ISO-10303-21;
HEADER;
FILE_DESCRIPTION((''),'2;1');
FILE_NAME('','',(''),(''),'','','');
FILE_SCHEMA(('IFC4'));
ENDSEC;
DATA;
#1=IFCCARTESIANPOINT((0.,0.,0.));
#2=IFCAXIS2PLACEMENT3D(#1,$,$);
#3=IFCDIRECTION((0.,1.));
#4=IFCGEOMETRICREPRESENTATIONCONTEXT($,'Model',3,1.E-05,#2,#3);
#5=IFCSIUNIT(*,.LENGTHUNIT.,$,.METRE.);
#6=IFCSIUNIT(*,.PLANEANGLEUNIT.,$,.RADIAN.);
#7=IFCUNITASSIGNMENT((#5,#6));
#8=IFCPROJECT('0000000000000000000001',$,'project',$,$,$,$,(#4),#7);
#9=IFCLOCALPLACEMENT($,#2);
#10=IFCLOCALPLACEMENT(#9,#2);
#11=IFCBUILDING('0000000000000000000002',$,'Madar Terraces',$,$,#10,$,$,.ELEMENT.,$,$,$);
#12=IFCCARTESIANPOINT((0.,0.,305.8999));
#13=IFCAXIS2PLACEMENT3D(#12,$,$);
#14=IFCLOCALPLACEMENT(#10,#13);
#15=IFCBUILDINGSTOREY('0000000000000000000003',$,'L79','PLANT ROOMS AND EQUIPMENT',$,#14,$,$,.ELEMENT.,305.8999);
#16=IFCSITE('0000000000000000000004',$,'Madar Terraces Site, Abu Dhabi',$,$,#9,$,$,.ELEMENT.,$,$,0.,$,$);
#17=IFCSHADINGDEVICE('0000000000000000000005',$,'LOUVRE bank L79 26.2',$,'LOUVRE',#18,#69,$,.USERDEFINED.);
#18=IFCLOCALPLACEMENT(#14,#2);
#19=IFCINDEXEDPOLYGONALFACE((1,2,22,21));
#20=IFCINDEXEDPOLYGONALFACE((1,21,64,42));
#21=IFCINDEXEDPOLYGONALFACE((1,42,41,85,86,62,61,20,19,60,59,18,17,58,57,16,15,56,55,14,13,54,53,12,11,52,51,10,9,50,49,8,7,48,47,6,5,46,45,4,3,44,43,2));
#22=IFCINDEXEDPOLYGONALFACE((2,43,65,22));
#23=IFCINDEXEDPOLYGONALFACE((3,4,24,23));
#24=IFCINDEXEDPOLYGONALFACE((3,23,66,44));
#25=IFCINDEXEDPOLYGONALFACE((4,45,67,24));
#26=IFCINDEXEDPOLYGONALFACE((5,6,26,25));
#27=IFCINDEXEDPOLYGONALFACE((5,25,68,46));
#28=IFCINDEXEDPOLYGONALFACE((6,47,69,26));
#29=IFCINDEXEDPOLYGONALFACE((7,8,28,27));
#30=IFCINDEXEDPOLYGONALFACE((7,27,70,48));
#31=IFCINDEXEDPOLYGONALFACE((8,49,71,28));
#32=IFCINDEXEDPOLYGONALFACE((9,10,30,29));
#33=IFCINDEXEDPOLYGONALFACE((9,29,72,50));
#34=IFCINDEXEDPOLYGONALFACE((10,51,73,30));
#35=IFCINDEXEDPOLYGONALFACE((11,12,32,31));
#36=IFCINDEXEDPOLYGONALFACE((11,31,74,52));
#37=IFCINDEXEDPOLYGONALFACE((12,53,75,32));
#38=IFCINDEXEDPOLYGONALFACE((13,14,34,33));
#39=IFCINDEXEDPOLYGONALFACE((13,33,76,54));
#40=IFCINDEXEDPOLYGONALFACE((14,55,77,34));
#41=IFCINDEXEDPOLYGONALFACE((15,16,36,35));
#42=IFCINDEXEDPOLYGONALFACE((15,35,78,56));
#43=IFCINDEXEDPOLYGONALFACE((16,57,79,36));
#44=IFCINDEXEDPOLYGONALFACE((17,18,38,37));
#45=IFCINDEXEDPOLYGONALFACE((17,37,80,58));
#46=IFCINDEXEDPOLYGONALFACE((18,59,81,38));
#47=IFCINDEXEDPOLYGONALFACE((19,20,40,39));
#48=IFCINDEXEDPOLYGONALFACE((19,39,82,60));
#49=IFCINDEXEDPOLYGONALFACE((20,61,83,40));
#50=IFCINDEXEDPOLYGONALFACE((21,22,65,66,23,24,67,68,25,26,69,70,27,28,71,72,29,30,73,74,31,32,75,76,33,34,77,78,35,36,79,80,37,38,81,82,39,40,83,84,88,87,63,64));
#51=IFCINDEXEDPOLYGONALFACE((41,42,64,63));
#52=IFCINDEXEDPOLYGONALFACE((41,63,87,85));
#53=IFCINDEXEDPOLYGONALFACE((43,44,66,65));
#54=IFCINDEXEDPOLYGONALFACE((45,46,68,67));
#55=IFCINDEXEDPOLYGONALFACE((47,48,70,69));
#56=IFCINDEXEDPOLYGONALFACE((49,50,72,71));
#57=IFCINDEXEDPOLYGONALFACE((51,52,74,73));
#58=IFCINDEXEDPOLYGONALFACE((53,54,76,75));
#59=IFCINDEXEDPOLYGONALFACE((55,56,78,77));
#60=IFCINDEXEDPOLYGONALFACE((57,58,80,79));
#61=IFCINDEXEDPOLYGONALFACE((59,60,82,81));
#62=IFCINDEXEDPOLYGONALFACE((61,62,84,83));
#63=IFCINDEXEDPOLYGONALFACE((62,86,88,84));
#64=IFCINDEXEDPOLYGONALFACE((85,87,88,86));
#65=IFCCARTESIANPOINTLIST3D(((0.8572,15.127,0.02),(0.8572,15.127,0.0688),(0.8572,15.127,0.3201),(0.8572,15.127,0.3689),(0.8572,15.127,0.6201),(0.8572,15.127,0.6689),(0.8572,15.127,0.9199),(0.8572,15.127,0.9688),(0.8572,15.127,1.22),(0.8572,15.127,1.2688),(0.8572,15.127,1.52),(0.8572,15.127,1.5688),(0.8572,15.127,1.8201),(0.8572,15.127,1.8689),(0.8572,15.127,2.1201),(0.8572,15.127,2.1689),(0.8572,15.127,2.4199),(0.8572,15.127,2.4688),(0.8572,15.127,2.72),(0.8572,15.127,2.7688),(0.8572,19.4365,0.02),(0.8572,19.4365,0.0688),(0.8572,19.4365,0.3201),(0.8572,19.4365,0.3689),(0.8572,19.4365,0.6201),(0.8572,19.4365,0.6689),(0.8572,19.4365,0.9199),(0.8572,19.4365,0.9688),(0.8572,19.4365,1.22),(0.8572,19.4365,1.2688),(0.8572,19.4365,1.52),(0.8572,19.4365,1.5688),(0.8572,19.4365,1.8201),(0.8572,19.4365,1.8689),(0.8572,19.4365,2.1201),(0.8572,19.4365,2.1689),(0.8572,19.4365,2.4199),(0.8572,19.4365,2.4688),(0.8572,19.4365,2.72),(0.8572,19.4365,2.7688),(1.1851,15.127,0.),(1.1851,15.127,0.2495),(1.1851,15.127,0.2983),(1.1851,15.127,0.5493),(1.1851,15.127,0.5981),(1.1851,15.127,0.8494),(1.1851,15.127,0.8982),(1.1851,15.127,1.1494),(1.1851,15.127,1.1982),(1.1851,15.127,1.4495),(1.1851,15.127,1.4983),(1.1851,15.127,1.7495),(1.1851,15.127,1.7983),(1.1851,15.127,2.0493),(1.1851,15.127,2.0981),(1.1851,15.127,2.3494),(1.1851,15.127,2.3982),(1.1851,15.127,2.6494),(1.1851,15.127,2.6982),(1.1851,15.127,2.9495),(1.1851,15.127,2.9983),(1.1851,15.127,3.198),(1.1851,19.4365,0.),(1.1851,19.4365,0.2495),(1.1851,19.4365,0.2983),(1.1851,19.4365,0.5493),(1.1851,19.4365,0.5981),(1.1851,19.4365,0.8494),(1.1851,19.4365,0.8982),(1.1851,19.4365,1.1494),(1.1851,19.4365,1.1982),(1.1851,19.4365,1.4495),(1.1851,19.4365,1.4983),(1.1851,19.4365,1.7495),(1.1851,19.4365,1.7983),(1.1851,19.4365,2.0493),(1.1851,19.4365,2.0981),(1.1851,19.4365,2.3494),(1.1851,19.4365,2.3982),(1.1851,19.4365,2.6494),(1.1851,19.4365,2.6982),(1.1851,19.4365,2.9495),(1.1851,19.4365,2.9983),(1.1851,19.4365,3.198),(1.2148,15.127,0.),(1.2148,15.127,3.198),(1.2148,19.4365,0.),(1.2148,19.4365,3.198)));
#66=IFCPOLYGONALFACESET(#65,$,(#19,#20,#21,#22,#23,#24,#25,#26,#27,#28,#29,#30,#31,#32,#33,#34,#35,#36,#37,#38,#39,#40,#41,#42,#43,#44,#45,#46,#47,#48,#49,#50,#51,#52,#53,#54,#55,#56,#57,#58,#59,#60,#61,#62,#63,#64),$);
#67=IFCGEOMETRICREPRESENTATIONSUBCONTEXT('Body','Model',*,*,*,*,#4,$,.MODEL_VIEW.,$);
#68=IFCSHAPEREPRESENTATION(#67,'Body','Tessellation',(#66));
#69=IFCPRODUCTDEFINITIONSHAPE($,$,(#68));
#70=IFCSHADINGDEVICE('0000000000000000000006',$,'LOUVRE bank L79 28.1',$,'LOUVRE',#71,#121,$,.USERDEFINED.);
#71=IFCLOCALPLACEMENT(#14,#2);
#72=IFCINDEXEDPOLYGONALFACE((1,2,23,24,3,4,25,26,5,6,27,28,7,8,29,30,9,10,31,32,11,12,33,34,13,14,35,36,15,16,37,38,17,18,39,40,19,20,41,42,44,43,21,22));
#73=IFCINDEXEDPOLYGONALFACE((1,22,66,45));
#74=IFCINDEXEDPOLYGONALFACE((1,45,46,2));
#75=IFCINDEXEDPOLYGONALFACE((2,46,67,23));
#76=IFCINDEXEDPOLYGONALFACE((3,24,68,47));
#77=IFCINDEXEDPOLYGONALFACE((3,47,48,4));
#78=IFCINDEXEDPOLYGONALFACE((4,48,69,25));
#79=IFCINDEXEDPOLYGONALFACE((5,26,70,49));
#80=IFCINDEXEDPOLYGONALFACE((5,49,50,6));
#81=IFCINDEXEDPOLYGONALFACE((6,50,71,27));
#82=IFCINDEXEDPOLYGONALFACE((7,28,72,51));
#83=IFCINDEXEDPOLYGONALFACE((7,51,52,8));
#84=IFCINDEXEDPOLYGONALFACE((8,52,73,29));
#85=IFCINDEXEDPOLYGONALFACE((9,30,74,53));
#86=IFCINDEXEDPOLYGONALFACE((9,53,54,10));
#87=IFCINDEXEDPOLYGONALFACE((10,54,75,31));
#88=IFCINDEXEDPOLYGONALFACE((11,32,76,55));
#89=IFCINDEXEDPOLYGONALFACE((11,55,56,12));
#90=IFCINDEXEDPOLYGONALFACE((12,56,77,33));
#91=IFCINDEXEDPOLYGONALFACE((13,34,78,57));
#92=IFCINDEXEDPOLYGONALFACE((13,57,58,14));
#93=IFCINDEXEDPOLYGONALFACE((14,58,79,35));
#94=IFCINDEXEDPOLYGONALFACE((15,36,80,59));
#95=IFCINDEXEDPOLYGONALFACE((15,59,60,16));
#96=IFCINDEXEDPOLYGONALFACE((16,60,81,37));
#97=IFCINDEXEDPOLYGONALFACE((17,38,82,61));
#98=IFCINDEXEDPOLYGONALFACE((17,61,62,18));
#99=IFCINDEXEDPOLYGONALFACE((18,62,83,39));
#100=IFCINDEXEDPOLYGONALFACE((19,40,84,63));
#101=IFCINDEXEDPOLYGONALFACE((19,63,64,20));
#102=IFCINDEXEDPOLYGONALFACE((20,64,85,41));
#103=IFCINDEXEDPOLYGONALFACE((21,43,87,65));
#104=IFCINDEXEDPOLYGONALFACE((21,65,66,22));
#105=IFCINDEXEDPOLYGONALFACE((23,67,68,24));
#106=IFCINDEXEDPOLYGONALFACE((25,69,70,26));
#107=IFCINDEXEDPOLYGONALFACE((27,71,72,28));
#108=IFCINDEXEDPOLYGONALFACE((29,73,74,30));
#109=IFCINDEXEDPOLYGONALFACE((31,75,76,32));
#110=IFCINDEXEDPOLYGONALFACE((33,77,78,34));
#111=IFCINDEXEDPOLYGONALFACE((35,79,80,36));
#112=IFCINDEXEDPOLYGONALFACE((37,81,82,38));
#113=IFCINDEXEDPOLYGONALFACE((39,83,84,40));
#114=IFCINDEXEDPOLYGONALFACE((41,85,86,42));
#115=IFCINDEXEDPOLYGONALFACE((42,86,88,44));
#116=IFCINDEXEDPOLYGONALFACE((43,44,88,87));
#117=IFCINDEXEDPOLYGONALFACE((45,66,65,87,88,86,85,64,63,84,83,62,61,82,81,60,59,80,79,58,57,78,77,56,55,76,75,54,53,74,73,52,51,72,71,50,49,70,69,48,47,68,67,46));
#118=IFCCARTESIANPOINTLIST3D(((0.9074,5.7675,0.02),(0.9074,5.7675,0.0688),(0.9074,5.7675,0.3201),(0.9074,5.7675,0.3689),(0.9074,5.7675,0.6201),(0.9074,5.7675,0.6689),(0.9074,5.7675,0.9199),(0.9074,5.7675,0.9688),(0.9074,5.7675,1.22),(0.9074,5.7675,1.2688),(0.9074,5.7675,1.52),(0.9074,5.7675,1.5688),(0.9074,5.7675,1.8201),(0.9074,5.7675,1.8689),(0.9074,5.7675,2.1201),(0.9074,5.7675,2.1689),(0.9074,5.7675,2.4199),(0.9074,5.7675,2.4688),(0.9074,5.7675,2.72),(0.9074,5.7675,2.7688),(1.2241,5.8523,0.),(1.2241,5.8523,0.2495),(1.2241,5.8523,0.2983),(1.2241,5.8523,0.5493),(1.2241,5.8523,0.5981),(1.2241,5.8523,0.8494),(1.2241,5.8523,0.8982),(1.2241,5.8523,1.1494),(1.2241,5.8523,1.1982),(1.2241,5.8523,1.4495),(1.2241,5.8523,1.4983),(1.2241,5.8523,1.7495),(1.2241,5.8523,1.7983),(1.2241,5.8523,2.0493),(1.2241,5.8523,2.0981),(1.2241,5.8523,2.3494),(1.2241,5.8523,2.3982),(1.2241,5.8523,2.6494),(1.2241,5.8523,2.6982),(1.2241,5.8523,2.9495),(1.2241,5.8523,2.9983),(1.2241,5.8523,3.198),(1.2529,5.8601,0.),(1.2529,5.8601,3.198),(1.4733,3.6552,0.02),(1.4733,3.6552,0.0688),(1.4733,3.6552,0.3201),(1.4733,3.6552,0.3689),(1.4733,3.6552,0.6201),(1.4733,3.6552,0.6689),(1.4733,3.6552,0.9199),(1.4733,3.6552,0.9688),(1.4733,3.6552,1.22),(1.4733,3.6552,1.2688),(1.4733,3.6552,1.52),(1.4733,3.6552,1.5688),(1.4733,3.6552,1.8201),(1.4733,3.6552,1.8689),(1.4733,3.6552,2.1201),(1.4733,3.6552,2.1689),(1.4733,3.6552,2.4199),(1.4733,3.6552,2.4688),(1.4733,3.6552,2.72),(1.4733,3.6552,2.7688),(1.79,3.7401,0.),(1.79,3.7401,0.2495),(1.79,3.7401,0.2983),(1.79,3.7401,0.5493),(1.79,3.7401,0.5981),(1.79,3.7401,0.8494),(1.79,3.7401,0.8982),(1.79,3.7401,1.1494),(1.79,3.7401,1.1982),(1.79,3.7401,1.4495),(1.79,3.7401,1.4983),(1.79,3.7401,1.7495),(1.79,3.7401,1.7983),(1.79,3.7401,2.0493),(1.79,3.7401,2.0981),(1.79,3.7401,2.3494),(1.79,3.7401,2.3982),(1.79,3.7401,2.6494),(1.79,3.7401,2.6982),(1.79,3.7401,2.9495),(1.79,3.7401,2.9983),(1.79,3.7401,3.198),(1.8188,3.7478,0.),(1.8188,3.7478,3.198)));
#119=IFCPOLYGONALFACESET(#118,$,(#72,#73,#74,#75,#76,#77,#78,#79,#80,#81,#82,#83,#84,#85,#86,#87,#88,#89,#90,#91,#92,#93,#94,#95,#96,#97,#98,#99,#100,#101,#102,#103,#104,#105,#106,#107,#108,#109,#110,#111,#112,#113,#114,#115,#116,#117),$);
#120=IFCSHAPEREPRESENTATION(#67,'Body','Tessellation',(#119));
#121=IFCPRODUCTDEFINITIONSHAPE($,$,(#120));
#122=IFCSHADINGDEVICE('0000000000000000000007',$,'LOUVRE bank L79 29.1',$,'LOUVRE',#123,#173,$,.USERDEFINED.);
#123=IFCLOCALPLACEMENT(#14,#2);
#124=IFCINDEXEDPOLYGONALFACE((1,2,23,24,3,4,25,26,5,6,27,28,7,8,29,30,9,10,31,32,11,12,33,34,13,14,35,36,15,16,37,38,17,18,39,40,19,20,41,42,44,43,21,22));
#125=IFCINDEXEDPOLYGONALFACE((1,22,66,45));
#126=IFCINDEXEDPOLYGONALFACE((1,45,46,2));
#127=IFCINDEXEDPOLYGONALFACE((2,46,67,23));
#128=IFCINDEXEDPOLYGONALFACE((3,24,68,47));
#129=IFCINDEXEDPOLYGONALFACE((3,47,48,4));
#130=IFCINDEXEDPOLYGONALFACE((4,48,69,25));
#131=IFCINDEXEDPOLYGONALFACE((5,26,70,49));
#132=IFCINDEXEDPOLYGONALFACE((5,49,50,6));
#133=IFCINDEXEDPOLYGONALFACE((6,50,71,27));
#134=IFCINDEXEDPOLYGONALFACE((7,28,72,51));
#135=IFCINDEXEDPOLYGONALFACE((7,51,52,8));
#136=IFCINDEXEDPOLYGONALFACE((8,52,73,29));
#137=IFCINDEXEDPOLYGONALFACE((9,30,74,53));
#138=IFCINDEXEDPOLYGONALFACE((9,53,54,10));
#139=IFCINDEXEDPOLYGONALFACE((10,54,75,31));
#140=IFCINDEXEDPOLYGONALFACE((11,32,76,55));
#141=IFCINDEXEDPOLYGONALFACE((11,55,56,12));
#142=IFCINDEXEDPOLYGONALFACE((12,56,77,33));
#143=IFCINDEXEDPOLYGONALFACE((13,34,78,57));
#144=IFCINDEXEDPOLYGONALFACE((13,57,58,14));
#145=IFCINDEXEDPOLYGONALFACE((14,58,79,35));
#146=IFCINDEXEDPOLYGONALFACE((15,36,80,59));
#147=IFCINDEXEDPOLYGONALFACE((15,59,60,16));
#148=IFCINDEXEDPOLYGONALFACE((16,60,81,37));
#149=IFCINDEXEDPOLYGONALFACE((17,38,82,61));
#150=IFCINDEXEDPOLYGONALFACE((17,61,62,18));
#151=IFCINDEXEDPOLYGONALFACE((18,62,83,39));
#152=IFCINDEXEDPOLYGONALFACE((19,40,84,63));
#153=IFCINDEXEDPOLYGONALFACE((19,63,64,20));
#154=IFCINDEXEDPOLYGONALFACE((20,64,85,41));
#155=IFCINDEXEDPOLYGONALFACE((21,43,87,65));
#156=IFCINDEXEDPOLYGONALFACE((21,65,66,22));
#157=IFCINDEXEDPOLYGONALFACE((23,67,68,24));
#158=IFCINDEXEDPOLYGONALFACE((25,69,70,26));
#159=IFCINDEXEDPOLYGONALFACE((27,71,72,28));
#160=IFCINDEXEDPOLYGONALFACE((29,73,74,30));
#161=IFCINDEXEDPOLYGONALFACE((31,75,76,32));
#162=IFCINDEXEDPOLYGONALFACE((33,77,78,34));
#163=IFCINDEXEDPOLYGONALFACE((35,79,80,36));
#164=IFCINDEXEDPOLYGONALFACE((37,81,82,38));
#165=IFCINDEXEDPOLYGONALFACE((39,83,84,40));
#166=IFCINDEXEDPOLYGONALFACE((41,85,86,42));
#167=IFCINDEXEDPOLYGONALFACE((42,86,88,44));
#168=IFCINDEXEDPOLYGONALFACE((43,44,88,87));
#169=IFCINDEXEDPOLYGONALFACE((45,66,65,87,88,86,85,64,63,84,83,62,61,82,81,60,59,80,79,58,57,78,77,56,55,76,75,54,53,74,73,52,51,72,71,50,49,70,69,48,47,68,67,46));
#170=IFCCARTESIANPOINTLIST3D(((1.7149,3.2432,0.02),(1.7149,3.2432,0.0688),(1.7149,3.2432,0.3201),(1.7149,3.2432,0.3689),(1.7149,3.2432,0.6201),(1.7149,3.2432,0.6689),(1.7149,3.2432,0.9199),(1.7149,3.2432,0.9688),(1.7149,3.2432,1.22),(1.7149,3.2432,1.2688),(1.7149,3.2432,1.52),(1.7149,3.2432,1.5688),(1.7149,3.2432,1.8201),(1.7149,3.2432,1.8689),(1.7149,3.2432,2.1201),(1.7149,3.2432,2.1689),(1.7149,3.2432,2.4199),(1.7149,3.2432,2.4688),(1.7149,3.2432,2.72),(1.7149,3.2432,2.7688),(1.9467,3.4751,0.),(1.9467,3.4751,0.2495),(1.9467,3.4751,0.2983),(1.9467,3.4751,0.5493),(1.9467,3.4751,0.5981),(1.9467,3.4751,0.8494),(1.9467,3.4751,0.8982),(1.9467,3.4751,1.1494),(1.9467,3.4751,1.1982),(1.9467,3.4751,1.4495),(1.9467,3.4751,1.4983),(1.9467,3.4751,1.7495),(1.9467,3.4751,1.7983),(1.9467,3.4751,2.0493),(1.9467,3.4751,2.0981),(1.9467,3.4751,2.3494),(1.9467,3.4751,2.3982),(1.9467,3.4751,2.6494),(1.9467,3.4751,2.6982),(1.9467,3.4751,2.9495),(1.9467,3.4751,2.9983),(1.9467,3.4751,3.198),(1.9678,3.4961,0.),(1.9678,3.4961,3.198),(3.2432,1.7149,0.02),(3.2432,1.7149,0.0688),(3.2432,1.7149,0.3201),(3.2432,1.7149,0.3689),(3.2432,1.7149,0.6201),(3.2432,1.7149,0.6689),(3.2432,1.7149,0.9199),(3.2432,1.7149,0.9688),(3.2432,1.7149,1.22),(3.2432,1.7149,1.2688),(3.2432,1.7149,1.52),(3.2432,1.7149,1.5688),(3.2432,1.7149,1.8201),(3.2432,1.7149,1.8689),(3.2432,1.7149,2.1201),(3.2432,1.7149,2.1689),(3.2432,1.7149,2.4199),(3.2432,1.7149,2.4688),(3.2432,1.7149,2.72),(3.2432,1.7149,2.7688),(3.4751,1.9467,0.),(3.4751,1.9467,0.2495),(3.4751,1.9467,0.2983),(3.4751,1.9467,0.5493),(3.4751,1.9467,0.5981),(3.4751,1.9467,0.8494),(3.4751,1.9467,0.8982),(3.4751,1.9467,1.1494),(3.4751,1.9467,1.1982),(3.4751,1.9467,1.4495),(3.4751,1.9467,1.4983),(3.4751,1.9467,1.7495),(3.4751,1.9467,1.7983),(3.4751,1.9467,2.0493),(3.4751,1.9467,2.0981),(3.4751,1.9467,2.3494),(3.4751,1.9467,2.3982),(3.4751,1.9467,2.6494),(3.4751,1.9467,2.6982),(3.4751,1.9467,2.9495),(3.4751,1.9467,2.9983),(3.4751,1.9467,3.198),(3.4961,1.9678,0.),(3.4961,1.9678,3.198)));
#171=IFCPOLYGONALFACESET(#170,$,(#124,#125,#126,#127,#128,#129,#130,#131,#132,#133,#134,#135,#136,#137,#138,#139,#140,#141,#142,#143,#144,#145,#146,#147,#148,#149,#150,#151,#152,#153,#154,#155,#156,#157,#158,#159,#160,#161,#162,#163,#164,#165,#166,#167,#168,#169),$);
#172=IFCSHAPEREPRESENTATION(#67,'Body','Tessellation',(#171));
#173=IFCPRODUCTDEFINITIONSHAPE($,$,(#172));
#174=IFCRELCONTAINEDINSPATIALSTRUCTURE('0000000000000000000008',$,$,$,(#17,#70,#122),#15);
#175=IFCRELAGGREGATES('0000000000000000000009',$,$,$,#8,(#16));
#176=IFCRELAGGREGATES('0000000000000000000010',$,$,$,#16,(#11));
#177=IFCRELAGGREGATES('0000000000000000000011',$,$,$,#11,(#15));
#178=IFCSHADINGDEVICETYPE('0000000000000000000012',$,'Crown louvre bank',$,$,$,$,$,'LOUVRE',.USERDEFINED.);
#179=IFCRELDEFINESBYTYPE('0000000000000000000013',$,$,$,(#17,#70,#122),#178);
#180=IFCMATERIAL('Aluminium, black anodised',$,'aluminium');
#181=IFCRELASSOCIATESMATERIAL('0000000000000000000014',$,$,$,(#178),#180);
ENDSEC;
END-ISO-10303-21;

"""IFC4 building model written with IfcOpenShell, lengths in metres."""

from ifc_helpers import new_model, si_unit, direction, frame, origin, place, context, subcontext, project, spatial, polyline, outline, extrude, material, type_object, element, save


model = new_model("IFC4")

# Units and contexts
model_context = context("Model", 3, precision=1e-05, world=origin(), true_north=direction((0.0, 1.0)))
body_context = subcontext(model_context, "Body", "Model", "MODEL_VIEW")
ifc_project = project(units=[si_unit("LENGTHUNIT", "METRE"), si_unit("PLANEANGLEUNIT", "RADIAN")], contexts=[model_context])

# Site, building, storey
site_placement = place(None, origin())
site = spatial("IfcSite", under=ifc_project, at=site_placement, Name="Madar Terraces Site, Abu Dhabi", CompositionType="ELEMENT", RefElevation=0.0)
building_placement = place(site_placement, origin())
building = spatial("IfcBuilding", under=site, at=building_placement, Name="Madar Terraces", CompositionType="ELEMENT")
storey_placement = place(building_placement, frame((0.0, 0.0, 305.8999)))
storey = spatial("IfcBuildingStorey", under=building, at=storey_placement, Name="L79", Description="PLANT ROOMS AND EQUIPMENT", CompositionType="ELEMENT", Elevation=305.8999)

# Shading devices
ifc_material_1 = material(Name="Aluminium, black anodised", Category="aluminium")
shading_device_type = type_object("IfcShadingDeviceType", Name="Crown louvre bank", ElementType="LOUVRE", PredefinedType="USERDEFINED", material=ifc_material_1)
shading_device_1_placement = place(storey_placement, frame((1.2, 19.4365, 0.0), z_axis=(0.0, -1.0, 0.0), x_axis=(1.0, 0.0, 0.0)))
element("IfcShadingDevice", 1, at=shading_device_1_placement, inside=storey, type_object=shading_device_type, Name="LOUVRE bank L79 26.2", ObjectType="LOUVRE", PredefinedType="USERDEFINED", context=body_context, shape_type="SweptSolid", body=[
    extrude(outline(polyline([(0.0149, 0.0), (-0.0149, 0.0), (-0.0149, 0.2495), (-0.3428, 0.02), (-0.3428, 0.0688), (-0.0149, 0.2983), (-0.0149, 0.5493), (-0.3428, 0.3201), (-0.3428, 0.3689), (-0.0149, 0.5981), (-0.0149, 0.8494), (-0.3428, 0.6201), (-0.3428, 0.6689), (-0.0149, 0.8982), (-0.0149, 1.1494), (-0.3428, 0.9199), (-0.3428, 0.9688), (-0.0149, 1.1982), (-0.0149, 1.4495), (-0.3428, 1.22), (-0.3428, 1.2688), (-0.0149, 1.4983), (-0.0149, 1.7495), (-0.3428, 1.52), (-0.3428, 1.5688), (-0.0149, 1.7983), (-0.0149, 2.0493), (-0.3428, 1.8201), (-0.3428, 1.8689), (-0.0149, 2.0981), (-0.0149, 2.3494), (-0.3428, 2.1201), (-0.3428, 2.1689), (-0.0149, 2.3982), (-0.0149, 2.6494), (-0.3428, 2.4199), (-0.3428, 2.4688), (-0.0149, 2.6982), (-0.0149, 2.9495), (-0.3428, 2.72), (-0.3428, 2.7688), (-0.0149, 2.9983), (-0.0149, 3.198), (0.0149, 3.198), (0.0149, 0.0)])), origin(), (0.0, 0.0, 1.0), 4.3096),
])
shading_device_2_placement = place(storey_placement, frame((1.2385, 5.8562, 0.0), z_axis=(0.258788, -0.965934, 0.0), x_axis=(0.965934, 0.258788, 0.0)))
element("IfcShadingDevice", 2, at=shading_device_2_placement, inside=storey, type_object=shading_device_type, Name="LOUVRE bank L79 28.1", ObjectType="LOUVRE", PredefinedType="USERDEFINED", context=body_context, shape_type="SweptSolid", body=[
    extrude(outline(polyline([(0.0149, 0.0), (-0.0149, 0.0), (-0.0149, 0.2495), (-0.3428, 0.02), (-0.3428, 0.0688), (-0.0149, 0.2983), (-0.0149, 0.5493), (-0.3428, 0.3201), (-0.3428, 0.3689), (-0.0149, 0.5981), (-0.0149, 0.8494), (-0.3428, 0.6201), (-0.3428, 0.6689), (-0.0149, 0.8982), (-0.0149, 1.1494), (-0.3428, 0.9199), (-0.3428, 0.9688), (-0.0149, 1.1982), (-0.0149, 1.4495), (-0.3428, 1.22), (-0.3428, 1.2688), (-0.0149, 1.4983), (-0.0149, 1.7495), (-0.3428, 1.52), (-0.3428, 1.5688), (-0.0149, 1.7983), (-0.0149, 2.0493), (-0.3428, 1.8201), (-0.3428, 1.8689), (-0.0149, 2.0981), (-0.0149, 2.3494), (-0.3428, 2.1201), (-0.3428, 2.1689), (-0.0149, 2.3982), (-0.0149, 2.6494), (-0.3428, 2.4199), (-0.3428, 2.4688), (-0.0149, 2.6982), (-0.0149, 2.9495), (-0.3428, 2.72), (-0.3428, 2.7688), (-0.0149, 2.9983), (-0.0149, 3.198), (0.0149, 3.198), (0.0149, 0.0)])), origin(), (0.0, 0.0, 1.0), 2.1868),
])
shading_device_3_placement = place(storey_placement, frame((1.9573, 3.4856, 0.0), z_axis=(0.707107, -0.707107, 0.0), x_axis=(0.707107, 0.707107, 0.0)))
element("IfcShadingDevice", 3, at=shading_device_3_placement, inside=storey, type_object=shading_device_type, Name="LOUVRE bank L79 29.1", ObjectType="LOUVRE", PredefinedType="USERDEFINED", context=body_context, shape_type="SweptSolid", body=[
    extrude(outline(polyline([(0.0149, 0.0), (-0.0149, 0.0), (-0.0149, 0.2495), (-0.3428, 0.02), (-0.3428, 0.0688), (-0.0149, 0.2983), (-0.0149, 0.5493), (-0.3428, 0.3201), (-0.3428, 0.3689), (-0.0149, 0.5981), (-0.0149, 0.8494), (-0.3428, 0.6201), (-0.3428, 0.6689), (-0.0149, 0.8982), (-0.0149, 1.1494), (-0.3428, 0.9199), (-0.3428, 0.9688), (-0.0149, 1.1982), (-0.0149, 1.4495), (-0.3428, 1.22), (-0.3428, 1.2688), (-0.0149, 1.4983), (-0.0149, 1.7495), (-0.3428, 1.52), (-0.3428, 1.5688), (-0.0149, 1.7983), (-0.0149, 2.0493), (-0.3428, 1.8201), (-0.3428, 1.8689), (-0.0149, 2.0981), (-0.0149, 2.3494), (-0.3428, 2.1201), (-0.3428, 2.1689), (-0.0149, 2.3982), (-0.0149, 2.6494), (-0.3428, 2.4199), (-0.3428, 2.4688), (-0.0149, 2.6982), (-0.0149, 2.9495), (-0.3428, 2.72), (-0.3428, 2.7688), (-0.0149, 2.9983), (-0.0149, 3.198), (0.0149, 3.198), (0.0149, 0.0)])), origin(), (0.0, 0.0, 1.0), 2.1614),
])

save(model, "model.ifc")
